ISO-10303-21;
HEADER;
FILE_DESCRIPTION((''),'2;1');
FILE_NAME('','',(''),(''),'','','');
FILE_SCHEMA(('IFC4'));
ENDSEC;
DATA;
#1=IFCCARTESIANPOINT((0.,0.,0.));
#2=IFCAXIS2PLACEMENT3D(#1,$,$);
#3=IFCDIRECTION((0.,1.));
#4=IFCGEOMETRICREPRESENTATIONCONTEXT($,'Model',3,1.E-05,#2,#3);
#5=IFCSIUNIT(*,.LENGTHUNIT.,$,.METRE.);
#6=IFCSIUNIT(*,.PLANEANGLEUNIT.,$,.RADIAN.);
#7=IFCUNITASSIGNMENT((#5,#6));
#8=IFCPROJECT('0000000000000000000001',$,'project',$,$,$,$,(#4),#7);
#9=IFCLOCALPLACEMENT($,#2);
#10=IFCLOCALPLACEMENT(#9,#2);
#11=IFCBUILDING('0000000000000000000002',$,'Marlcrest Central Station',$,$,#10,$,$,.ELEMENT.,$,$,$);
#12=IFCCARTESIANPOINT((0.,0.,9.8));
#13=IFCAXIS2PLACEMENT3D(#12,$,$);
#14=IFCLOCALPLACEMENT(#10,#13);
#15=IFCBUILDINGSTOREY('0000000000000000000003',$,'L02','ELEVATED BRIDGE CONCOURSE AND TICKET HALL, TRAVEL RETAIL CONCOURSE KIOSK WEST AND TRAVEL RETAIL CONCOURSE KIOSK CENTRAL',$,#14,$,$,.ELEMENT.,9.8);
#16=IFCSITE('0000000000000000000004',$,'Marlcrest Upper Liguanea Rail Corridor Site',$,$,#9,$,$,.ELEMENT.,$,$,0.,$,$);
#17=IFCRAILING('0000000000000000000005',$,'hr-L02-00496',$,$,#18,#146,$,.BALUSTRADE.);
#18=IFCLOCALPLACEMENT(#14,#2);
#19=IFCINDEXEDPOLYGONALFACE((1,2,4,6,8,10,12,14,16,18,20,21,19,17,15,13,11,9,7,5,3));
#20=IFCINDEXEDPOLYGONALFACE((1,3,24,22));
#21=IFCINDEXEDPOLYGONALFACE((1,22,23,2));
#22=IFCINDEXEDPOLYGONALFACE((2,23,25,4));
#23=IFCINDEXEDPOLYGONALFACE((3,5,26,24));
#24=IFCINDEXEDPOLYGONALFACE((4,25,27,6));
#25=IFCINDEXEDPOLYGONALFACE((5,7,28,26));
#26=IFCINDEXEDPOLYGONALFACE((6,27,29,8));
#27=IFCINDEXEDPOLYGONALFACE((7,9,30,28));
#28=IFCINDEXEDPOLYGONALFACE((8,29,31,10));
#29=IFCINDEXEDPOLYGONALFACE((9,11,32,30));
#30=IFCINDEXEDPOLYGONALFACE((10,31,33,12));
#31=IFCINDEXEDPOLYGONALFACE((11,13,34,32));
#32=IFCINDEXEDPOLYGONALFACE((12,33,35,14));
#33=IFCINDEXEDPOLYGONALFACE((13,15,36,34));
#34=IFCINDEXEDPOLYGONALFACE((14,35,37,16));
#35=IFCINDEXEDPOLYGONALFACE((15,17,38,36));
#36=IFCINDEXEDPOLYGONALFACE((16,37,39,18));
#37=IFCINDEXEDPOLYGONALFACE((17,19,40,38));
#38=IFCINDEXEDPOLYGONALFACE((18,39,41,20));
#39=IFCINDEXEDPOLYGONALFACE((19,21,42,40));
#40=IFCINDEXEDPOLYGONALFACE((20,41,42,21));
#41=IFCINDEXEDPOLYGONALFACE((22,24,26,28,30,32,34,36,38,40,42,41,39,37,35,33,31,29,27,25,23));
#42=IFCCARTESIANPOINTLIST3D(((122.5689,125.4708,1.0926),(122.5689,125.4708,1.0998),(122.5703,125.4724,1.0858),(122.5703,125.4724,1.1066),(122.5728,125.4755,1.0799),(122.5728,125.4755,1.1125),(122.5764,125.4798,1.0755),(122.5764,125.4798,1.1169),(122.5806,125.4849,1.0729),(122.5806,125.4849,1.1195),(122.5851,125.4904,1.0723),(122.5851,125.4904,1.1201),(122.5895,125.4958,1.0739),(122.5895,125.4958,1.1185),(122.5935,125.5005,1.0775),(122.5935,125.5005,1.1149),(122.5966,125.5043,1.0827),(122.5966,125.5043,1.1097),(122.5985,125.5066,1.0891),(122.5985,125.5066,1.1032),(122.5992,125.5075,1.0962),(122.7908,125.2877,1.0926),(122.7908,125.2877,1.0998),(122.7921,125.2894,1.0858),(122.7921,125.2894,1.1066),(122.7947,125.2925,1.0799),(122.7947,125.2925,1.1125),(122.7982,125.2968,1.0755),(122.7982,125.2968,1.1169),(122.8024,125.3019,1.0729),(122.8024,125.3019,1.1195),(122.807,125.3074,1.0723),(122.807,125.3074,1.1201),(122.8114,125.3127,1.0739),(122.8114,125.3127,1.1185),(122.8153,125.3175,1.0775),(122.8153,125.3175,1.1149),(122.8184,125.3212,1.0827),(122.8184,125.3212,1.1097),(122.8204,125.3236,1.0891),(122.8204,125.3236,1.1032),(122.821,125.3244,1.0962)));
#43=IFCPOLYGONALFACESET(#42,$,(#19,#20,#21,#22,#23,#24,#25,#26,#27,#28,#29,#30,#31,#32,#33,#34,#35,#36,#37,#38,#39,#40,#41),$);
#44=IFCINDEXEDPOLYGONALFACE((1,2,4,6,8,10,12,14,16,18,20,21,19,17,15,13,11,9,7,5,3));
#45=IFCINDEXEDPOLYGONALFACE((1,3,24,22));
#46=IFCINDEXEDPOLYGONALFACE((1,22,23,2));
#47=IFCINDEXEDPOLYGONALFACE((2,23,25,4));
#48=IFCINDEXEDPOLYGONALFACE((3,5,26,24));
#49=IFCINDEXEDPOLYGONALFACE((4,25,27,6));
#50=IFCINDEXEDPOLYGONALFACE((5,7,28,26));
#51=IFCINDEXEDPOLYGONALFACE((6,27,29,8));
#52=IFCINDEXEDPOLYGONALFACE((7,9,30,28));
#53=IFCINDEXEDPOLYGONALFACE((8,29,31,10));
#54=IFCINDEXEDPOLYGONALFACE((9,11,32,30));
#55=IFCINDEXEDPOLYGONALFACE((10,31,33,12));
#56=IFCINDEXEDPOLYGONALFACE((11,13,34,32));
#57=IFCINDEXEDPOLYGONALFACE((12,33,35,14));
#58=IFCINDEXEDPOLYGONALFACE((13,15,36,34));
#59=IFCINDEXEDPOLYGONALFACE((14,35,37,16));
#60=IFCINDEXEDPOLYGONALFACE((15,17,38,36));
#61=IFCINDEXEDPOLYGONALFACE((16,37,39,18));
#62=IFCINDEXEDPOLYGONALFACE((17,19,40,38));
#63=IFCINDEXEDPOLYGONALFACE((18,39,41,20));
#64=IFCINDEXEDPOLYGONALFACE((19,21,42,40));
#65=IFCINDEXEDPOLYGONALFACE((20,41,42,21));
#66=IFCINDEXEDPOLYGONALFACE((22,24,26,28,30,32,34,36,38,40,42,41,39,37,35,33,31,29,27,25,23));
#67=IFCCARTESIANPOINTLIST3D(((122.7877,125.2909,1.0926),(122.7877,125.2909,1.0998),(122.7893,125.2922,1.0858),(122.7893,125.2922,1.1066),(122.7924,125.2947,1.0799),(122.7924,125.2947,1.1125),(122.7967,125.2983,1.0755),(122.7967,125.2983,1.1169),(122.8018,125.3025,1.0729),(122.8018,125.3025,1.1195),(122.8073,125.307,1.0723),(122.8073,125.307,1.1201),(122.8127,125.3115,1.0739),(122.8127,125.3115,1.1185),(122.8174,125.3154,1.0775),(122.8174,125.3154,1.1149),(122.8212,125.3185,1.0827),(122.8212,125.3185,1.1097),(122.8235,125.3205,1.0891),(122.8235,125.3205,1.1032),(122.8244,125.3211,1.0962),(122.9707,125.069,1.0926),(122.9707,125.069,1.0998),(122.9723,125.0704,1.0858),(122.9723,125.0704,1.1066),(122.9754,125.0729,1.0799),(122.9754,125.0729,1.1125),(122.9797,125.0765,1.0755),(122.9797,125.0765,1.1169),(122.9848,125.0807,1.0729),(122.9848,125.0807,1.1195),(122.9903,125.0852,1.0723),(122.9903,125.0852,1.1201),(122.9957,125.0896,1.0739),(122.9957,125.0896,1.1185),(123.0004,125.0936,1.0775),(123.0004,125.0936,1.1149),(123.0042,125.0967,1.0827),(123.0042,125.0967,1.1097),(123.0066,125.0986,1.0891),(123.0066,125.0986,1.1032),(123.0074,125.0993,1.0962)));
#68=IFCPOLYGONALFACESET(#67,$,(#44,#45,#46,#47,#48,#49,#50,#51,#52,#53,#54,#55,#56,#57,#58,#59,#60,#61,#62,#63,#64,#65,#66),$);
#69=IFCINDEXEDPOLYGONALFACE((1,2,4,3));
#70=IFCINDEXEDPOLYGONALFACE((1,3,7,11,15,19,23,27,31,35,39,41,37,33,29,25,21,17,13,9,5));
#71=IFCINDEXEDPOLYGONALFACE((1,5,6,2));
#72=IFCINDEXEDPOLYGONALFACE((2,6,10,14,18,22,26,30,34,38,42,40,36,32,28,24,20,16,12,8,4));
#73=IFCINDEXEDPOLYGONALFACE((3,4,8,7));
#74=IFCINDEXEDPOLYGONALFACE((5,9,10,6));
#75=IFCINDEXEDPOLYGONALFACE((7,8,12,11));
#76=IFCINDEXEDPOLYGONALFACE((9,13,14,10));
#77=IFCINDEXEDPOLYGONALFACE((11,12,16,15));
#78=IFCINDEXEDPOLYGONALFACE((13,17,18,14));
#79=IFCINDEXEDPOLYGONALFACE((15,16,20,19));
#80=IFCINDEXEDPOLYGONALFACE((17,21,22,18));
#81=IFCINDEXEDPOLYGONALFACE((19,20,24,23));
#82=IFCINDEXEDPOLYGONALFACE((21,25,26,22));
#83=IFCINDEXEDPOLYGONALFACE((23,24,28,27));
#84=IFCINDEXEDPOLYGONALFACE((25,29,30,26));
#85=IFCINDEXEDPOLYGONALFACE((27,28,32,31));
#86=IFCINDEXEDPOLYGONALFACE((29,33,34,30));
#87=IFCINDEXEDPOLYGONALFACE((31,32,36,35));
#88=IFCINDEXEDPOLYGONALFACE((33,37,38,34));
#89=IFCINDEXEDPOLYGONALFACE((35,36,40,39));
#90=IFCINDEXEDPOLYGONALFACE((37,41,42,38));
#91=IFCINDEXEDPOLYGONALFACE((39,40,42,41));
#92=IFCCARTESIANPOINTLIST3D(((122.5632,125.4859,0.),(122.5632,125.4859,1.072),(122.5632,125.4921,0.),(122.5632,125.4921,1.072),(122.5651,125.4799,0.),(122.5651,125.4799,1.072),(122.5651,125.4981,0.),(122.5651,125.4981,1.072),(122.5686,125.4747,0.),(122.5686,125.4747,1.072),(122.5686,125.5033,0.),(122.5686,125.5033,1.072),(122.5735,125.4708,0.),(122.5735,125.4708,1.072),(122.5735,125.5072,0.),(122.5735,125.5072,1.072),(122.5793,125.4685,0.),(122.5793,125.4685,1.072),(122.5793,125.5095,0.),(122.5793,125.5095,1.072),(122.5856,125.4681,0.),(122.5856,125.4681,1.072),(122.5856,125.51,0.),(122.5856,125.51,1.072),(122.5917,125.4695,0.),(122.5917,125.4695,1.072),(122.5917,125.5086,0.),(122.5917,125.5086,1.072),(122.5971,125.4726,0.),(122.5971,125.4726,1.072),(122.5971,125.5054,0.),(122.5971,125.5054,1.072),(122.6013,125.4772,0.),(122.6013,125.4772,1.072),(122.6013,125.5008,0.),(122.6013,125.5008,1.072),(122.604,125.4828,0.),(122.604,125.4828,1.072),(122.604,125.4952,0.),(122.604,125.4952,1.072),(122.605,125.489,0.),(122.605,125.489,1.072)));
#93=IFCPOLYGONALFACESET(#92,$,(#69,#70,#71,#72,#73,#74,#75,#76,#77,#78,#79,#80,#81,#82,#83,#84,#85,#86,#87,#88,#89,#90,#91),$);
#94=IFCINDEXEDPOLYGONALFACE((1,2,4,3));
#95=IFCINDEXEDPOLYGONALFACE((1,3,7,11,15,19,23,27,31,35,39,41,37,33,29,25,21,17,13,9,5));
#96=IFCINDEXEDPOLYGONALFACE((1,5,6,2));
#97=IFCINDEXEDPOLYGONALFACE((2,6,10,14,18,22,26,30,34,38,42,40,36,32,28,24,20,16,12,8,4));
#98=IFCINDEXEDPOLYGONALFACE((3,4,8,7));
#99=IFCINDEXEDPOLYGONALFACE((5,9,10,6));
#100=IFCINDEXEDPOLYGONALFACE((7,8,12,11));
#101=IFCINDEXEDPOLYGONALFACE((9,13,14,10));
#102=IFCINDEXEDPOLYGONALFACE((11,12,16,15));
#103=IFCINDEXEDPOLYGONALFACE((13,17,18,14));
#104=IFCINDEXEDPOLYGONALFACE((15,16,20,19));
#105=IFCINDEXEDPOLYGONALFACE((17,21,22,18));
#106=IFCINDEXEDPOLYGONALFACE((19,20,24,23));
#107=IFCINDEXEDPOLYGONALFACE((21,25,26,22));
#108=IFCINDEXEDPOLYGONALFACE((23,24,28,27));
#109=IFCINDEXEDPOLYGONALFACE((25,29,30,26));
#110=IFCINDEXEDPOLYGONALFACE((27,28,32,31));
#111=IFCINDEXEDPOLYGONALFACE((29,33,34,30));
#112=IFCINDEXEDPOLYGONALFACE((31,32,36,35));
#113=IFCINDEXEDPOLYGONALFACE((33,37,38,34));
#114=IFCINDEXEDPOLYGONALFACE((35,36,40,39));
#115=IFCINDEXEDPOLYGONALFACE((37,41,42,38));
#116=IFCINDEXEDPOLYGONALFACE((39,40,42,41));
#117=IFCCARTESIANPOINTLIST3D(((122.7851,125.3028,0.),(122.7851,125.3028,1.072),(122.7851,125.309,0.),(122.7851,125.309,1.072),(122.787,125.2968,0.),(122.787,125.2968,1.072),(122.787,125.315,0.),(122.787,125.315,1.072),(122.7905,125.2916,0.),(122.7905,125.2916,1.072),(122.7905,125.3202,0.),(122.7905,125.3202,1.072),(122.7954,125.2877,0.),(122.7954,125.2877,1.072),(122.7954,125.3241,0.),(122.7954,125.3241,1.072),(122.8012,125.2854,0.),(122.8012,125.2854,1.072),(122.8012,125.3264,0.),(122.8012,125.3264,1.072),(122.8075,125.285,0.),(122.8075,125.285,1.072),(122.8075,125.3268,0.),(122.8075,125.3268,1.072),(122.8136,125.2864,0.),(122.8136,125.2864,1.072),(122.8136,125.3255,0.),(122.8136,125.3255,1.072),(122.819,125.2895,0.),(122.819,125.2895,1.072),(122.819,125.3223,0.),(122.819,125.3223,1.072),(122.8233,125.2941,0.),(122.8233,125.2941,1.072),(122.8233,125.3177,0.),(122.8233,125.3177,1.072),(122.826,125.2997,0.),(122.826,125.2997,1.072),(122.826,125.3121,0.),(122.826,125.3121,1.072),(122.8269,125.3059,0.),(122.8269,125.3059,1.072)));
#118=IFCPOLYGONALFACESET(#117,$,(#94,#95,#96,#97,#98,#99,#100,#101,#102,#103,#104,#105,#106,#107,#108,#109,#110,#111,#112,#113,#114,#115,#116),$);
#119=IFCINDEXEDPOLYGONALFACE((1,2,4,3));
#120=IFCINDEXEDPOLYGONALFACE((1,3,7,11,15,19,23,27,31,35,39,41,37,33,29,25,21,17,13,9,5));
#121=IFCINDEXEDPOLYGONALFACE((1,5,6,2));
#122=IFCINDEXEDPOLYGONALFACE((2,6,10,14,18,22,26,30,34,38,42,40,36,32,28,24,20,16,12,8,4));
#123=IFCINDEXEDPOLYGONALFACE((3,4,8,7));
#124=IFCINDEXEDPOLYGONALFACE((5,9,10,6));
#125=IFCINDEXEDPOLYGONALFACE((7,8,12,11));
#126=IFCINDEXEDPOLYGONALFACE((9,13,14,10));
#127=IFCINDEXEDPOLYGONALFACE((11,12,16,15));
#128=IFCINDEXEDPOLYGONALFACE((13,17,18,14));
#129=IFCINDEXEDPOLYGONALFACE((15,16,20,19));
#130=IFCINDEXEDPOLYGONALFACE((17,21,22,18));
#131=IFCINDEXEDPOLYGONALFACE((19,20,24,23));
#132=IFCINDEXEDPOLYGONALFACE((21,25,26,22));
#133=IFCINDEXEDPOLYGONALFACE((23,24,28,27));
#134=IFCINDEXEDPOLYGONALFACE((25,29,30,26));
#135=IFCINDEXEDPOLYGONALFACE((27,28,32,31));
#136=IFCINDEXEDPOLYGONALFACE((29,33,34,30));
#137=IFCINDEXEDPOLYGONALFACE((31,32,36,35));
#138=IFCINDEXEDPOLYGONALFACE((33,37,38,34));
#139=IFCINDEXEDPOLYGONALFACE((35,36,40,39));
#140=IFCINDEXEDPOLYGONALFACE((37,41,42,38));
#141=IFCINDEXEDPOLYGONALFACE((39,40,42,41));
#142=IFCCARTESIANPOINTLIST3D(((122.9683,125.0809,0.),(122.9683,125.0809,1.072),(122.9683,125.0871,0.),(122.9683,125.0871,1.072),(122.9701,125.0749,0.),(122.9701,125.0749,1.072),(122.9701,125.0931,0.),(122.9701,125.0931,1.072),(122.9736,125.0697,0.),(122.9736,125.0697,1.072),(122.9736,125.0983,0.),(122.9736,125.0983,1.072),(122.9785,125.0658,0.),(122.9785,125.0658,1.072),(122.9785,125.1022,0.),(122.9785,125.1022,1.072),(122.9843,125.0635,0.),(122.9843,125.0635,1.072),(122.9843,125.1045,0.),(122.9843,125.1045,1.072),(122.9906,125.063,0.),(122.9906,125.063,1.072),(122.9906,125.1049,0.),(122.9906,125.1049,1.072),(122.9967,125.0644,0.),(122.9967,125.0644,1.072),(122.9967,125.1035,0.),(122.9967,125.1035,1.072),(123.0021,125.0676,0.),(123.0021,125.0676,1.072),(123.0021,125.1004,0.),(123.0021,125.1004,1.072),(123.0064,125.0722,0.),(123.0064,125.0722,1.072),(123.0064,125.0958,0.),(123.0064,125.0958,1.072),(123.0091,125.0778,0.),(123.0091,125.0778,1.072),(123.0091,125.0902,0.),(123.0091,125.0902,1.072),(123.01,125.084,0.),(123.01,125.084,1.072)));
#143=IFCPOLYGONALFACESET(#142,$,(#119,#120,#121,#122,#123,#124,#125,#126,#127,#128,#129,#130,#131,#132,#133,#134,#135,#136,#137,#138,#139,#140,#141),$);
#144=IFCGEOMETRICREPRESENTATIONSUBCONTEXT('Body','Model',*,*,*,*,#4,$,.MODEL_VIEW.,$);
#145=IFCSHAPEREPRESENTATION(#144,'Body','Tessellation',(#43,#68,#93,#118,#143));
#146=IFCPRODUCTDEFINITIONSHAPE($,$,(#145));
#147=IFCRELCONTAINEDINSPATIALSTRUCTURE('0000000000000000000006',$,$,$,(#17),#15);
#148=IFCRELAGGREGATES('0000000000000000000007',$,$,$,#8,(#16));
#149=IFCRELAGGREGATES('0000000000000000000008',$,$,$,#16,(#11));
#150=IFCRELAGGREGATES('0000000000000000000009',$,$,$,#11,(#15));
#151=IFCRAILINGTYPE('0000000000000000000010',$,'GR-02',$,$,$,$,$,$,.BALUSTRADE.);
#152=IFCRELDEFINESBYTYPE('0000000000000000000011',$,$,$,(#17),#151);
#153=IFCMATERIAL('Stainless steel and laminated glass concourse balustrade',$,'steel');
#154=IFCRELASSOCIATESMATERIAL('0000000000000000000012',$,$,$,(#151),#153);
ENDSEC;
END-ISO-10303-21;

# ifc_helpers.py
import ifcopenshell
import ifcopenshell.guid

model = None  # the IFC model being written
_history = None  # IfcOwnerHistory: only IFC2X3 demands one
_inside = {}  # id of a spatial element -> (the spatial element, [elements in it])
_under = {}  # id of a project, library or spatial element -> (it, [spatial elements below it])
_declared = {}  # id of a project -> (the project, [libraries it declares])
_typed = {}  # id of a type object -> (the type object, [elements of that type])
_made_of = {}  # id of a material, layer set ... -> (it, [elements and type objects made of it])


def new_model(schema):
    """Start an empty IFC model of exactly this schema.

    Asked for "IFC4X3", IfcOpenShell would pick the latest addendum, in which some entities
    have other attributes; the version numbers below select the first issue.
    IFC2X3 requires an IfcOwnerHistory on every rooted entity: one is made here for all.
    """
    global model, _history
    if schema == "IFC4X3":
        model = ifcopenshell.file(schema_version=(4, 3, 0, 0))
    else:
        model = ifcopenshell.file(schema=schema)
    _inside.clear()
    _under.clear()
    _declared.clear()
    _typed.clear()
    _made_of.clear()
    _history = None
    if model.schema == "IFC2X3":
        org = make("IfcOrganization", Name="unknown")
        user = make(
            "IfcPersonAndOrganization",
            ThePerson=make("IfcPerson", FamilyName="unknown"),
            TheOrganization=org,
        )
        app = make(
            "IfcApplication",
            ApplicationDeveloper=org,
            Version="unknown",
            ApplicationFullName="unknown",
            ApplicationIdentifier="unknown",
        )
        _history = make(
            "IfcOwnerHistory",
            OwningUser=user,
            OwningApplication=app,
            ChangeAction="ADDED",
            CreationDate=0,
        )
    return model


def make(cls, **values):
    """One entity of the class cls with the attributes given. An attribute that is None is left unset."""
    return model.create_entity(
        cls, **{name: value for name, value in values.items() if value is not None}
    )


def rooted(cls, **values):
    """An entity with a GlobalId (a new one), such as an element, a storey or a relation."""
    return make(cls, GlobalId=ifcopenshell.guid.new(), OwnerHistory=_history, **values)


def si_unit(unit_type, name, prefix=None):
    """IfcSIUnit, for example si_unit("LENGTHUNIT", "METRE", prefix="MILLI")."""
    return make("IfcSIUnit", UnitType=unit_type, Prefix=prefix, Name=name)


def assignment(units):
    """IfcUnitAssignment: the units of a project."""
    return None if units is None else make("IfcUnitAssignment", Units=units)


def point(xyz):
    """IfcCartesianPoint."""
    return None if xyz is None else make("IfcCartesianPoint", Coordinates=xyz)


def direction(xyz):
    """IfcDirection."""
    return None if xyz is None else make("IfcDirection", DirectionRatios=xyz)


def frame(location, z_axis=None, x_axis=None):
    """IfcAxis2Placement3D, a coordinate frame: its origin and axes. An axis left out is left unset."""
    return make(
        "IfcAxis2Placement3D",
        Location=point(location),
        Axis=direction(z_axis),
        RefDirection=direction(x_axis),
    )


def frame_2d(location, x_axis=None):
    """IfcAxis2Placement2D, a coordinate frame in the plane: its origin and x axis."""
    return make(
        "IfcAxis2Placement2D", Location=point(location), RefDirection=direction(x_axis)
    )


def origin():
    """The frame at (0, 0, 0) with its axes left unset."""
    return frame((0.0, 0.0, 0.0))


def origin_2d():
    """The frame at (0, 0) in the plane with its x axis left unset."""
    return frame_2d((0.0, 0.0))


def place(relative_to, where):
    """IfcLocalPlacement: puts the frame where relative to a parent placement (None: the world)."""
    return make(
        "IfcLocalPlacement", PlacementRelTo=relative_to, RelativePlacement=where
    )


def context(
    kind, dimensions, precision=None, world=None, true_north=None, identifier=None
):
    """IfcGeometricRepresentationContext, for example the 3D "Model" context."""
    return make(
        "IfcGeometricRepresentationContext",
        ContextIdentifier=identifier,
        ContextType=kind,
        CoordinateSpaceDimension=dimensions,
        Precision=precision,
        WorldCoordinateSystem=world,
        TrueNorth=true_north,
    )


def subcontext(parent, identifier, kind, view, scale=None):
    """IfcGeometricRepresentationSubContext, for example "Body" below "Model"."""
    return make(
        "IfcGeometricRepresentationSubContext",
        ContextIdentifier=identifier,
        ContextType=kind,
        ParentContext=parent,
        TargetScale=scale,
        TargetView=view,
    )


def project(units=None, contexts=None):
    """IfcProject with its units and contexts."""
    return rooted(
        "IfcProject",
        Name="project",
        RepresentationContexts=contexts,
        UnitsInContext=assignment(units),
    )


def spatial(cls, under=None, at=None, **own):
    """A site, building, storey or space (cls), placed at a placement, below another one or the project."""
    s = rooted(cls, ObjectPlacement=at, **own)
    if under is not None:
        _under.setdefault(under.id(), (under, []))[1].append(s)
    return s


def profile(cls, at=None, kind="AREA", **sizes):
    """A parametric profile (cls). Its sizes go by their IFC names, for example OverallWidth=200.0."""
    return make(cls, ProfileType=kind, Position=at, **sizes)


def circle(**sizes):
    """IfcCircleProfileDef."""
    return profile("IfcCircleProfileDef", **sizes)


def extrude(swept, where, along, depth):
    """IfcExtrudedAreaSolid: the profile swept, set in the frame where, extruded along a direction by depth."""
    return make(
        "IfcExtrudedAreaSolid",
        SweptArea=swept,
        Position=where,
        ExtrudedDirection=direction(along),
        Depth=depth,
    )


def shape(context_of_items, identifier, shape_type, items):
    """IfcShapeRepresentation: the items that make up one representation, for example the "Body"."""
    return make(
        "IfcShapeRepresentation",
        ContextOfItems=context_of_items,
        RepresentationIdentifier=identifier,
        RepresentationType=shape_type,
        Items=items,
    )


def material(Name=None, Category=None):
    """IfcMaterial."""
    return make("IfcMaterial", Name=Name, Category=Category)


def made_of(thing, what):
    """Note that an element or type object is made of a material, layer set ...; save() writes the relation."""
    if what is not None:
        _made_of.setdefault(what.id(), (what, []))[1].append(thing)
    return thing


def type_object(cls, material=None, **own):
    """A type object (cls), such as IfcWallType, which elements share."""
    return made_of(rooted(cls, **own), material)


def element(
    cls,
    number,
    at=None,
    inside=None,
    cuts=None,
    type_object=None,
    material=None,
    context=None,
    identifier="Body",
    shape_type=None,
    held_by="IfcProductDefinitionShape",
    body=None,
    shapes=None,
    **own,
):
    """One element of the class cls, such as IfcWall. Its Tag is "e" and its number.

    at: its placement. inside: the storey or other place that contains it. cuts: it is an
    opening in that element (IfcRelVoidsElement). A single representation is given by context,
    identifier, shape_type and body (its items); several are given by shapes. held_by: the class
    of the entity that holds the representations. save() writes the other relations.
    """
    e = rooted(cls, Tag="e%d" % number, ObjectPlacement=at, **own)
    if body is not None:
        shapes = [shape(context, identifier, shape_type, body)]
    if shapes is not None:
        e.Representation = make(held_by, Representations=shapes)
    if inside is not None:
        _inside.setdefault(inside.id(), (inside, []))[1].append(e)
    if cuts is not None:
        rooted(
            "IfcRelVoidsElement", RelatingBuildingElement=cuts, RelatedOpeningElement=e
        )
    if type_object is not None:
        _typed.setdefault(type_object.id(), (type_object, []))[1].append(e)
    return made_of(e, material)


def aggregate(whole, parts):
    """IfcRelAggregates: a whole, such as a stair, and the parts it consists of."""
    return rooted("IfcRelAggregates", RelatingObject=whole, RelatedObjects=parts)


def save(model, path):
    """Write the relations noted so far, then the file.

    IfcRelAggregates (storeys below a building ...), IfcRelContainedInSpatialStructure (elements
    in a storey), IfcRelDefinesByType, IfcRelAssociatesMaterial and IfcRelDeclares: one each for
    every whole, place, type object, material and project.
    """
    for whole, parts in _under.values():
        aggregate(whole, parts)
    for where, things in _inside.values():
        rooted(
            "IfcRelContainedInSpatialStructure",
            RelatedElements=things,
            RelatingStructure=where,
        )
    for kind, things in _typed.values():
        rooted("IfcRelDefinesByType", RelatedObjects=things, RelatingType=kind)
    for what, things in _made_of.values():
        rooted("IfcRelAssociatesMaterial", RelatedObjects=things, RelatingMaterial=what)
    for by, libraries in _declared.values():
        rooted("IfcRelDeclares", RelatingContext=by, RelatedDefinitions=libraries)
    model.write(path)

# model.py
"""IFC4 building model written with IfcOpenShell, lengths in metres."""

from ifc_helpers import new_model, si_unit, direction, frame, origin, origin_2d, place, context, subcontext, project, spatial, circle, extrude, material, type_object, element, save


model = new_model("IFC4")

# Units and contexts
model_context = context("Model", 3, precision=1e-05, world=origin(), true_north=direction((0.0, 1.0)))
body_context = subcontext(model_context, "Body", "Model", "MODEL_VIEW")
ifc_project = project(units=[si_unit("LENGTHUNIT", "METRE"), si_unit("PLANEANGLEUNIT", "RADIAN")], contexts=[model_context])

# Site, building, storey
site_placement = place(None, origin())
site = spatial("IfcSite", under=ifc_project, at=site_placement, Name="Marlcrest Upper Liguanea Rail Corridor Site", CompositionType="ELEMENT", RefElevation=0.0)
building_placement = place(site_placement, origin())
building = spatial("IfcBuilding", under=site, at=building_placement, Name="Marlcrest Central Station", CompositionType="ELEMENT")
storey_placement = place(building_placement, frame((0.0, 0.0, 9.8)))
storey = spatial("IfcBuildingStorey", under=building, at=storey_placement, Name="L02", Description="ELEVATED BRIDGE CONCOURSE AND TICKET HALL, TRAVEL RETAIL CONCOURSE KIOSK WEST AND TRAVEL RETAIL CONCOURSE KIOSK CENTRAL", CompositionType="ELEMENT", Elevation=9.8)

# Railing
ifc_material_1 = material(Name="Stainless steel and laminated glass concourse balustrade", Category="steel")
railing_type = type_object("IfcRailingType", Name="GR-02", PredefinedType="BALUSTRADE", material=ifc_material_1)
railing_1_placement = place(storey_placement, frame((122.584, 125.489, 0.0)))
element("IfcRailing", 1, at=railing_1_placement, inside=storey, type_object=railing_type, Name="hr-L02-00496", PredefinedType="BALUSTRADE", context=body_context, shape_type="SweptSolid", body=[
    extrude(circle(Radius=0.0239, at=origin_2d()), frame((0.0, 0.0, 1.0962), z_axis=(0.771342, -0.636421, 0.0), x_axis=(0.636421, 0.771342, 0.0)), (0.0, 0.0, 1.0), 0.2876),
    extrude(circle(Radius=0.0239, at=origin_2d()), frame((0.2219, -0.1831, 1.0962), z_axis=(0.636421, -0.771342, 0.0), x_axis=(0.771342, 0.636421, 0.0)), (0.0, 0.0, 1.0), 0.2876),
    extrude(circle(Radius=0.021, at=origin_2d()), origin(), (0.0, 0.0, 1.0), 1.072),
    extrude(circle(Radius=0.021, at=origin_2d()), frame((0.2219, -0.1831, 0.0)), (0.0, 0.0, 1.0), 1.072),
    extrude(circle(Radius=0.021, at=origin_2d()), frame((0.405, -0.405, 0.0)), (0.0, 0.0, 1.0), 1.072),
])

save(model, "model.ifc")
